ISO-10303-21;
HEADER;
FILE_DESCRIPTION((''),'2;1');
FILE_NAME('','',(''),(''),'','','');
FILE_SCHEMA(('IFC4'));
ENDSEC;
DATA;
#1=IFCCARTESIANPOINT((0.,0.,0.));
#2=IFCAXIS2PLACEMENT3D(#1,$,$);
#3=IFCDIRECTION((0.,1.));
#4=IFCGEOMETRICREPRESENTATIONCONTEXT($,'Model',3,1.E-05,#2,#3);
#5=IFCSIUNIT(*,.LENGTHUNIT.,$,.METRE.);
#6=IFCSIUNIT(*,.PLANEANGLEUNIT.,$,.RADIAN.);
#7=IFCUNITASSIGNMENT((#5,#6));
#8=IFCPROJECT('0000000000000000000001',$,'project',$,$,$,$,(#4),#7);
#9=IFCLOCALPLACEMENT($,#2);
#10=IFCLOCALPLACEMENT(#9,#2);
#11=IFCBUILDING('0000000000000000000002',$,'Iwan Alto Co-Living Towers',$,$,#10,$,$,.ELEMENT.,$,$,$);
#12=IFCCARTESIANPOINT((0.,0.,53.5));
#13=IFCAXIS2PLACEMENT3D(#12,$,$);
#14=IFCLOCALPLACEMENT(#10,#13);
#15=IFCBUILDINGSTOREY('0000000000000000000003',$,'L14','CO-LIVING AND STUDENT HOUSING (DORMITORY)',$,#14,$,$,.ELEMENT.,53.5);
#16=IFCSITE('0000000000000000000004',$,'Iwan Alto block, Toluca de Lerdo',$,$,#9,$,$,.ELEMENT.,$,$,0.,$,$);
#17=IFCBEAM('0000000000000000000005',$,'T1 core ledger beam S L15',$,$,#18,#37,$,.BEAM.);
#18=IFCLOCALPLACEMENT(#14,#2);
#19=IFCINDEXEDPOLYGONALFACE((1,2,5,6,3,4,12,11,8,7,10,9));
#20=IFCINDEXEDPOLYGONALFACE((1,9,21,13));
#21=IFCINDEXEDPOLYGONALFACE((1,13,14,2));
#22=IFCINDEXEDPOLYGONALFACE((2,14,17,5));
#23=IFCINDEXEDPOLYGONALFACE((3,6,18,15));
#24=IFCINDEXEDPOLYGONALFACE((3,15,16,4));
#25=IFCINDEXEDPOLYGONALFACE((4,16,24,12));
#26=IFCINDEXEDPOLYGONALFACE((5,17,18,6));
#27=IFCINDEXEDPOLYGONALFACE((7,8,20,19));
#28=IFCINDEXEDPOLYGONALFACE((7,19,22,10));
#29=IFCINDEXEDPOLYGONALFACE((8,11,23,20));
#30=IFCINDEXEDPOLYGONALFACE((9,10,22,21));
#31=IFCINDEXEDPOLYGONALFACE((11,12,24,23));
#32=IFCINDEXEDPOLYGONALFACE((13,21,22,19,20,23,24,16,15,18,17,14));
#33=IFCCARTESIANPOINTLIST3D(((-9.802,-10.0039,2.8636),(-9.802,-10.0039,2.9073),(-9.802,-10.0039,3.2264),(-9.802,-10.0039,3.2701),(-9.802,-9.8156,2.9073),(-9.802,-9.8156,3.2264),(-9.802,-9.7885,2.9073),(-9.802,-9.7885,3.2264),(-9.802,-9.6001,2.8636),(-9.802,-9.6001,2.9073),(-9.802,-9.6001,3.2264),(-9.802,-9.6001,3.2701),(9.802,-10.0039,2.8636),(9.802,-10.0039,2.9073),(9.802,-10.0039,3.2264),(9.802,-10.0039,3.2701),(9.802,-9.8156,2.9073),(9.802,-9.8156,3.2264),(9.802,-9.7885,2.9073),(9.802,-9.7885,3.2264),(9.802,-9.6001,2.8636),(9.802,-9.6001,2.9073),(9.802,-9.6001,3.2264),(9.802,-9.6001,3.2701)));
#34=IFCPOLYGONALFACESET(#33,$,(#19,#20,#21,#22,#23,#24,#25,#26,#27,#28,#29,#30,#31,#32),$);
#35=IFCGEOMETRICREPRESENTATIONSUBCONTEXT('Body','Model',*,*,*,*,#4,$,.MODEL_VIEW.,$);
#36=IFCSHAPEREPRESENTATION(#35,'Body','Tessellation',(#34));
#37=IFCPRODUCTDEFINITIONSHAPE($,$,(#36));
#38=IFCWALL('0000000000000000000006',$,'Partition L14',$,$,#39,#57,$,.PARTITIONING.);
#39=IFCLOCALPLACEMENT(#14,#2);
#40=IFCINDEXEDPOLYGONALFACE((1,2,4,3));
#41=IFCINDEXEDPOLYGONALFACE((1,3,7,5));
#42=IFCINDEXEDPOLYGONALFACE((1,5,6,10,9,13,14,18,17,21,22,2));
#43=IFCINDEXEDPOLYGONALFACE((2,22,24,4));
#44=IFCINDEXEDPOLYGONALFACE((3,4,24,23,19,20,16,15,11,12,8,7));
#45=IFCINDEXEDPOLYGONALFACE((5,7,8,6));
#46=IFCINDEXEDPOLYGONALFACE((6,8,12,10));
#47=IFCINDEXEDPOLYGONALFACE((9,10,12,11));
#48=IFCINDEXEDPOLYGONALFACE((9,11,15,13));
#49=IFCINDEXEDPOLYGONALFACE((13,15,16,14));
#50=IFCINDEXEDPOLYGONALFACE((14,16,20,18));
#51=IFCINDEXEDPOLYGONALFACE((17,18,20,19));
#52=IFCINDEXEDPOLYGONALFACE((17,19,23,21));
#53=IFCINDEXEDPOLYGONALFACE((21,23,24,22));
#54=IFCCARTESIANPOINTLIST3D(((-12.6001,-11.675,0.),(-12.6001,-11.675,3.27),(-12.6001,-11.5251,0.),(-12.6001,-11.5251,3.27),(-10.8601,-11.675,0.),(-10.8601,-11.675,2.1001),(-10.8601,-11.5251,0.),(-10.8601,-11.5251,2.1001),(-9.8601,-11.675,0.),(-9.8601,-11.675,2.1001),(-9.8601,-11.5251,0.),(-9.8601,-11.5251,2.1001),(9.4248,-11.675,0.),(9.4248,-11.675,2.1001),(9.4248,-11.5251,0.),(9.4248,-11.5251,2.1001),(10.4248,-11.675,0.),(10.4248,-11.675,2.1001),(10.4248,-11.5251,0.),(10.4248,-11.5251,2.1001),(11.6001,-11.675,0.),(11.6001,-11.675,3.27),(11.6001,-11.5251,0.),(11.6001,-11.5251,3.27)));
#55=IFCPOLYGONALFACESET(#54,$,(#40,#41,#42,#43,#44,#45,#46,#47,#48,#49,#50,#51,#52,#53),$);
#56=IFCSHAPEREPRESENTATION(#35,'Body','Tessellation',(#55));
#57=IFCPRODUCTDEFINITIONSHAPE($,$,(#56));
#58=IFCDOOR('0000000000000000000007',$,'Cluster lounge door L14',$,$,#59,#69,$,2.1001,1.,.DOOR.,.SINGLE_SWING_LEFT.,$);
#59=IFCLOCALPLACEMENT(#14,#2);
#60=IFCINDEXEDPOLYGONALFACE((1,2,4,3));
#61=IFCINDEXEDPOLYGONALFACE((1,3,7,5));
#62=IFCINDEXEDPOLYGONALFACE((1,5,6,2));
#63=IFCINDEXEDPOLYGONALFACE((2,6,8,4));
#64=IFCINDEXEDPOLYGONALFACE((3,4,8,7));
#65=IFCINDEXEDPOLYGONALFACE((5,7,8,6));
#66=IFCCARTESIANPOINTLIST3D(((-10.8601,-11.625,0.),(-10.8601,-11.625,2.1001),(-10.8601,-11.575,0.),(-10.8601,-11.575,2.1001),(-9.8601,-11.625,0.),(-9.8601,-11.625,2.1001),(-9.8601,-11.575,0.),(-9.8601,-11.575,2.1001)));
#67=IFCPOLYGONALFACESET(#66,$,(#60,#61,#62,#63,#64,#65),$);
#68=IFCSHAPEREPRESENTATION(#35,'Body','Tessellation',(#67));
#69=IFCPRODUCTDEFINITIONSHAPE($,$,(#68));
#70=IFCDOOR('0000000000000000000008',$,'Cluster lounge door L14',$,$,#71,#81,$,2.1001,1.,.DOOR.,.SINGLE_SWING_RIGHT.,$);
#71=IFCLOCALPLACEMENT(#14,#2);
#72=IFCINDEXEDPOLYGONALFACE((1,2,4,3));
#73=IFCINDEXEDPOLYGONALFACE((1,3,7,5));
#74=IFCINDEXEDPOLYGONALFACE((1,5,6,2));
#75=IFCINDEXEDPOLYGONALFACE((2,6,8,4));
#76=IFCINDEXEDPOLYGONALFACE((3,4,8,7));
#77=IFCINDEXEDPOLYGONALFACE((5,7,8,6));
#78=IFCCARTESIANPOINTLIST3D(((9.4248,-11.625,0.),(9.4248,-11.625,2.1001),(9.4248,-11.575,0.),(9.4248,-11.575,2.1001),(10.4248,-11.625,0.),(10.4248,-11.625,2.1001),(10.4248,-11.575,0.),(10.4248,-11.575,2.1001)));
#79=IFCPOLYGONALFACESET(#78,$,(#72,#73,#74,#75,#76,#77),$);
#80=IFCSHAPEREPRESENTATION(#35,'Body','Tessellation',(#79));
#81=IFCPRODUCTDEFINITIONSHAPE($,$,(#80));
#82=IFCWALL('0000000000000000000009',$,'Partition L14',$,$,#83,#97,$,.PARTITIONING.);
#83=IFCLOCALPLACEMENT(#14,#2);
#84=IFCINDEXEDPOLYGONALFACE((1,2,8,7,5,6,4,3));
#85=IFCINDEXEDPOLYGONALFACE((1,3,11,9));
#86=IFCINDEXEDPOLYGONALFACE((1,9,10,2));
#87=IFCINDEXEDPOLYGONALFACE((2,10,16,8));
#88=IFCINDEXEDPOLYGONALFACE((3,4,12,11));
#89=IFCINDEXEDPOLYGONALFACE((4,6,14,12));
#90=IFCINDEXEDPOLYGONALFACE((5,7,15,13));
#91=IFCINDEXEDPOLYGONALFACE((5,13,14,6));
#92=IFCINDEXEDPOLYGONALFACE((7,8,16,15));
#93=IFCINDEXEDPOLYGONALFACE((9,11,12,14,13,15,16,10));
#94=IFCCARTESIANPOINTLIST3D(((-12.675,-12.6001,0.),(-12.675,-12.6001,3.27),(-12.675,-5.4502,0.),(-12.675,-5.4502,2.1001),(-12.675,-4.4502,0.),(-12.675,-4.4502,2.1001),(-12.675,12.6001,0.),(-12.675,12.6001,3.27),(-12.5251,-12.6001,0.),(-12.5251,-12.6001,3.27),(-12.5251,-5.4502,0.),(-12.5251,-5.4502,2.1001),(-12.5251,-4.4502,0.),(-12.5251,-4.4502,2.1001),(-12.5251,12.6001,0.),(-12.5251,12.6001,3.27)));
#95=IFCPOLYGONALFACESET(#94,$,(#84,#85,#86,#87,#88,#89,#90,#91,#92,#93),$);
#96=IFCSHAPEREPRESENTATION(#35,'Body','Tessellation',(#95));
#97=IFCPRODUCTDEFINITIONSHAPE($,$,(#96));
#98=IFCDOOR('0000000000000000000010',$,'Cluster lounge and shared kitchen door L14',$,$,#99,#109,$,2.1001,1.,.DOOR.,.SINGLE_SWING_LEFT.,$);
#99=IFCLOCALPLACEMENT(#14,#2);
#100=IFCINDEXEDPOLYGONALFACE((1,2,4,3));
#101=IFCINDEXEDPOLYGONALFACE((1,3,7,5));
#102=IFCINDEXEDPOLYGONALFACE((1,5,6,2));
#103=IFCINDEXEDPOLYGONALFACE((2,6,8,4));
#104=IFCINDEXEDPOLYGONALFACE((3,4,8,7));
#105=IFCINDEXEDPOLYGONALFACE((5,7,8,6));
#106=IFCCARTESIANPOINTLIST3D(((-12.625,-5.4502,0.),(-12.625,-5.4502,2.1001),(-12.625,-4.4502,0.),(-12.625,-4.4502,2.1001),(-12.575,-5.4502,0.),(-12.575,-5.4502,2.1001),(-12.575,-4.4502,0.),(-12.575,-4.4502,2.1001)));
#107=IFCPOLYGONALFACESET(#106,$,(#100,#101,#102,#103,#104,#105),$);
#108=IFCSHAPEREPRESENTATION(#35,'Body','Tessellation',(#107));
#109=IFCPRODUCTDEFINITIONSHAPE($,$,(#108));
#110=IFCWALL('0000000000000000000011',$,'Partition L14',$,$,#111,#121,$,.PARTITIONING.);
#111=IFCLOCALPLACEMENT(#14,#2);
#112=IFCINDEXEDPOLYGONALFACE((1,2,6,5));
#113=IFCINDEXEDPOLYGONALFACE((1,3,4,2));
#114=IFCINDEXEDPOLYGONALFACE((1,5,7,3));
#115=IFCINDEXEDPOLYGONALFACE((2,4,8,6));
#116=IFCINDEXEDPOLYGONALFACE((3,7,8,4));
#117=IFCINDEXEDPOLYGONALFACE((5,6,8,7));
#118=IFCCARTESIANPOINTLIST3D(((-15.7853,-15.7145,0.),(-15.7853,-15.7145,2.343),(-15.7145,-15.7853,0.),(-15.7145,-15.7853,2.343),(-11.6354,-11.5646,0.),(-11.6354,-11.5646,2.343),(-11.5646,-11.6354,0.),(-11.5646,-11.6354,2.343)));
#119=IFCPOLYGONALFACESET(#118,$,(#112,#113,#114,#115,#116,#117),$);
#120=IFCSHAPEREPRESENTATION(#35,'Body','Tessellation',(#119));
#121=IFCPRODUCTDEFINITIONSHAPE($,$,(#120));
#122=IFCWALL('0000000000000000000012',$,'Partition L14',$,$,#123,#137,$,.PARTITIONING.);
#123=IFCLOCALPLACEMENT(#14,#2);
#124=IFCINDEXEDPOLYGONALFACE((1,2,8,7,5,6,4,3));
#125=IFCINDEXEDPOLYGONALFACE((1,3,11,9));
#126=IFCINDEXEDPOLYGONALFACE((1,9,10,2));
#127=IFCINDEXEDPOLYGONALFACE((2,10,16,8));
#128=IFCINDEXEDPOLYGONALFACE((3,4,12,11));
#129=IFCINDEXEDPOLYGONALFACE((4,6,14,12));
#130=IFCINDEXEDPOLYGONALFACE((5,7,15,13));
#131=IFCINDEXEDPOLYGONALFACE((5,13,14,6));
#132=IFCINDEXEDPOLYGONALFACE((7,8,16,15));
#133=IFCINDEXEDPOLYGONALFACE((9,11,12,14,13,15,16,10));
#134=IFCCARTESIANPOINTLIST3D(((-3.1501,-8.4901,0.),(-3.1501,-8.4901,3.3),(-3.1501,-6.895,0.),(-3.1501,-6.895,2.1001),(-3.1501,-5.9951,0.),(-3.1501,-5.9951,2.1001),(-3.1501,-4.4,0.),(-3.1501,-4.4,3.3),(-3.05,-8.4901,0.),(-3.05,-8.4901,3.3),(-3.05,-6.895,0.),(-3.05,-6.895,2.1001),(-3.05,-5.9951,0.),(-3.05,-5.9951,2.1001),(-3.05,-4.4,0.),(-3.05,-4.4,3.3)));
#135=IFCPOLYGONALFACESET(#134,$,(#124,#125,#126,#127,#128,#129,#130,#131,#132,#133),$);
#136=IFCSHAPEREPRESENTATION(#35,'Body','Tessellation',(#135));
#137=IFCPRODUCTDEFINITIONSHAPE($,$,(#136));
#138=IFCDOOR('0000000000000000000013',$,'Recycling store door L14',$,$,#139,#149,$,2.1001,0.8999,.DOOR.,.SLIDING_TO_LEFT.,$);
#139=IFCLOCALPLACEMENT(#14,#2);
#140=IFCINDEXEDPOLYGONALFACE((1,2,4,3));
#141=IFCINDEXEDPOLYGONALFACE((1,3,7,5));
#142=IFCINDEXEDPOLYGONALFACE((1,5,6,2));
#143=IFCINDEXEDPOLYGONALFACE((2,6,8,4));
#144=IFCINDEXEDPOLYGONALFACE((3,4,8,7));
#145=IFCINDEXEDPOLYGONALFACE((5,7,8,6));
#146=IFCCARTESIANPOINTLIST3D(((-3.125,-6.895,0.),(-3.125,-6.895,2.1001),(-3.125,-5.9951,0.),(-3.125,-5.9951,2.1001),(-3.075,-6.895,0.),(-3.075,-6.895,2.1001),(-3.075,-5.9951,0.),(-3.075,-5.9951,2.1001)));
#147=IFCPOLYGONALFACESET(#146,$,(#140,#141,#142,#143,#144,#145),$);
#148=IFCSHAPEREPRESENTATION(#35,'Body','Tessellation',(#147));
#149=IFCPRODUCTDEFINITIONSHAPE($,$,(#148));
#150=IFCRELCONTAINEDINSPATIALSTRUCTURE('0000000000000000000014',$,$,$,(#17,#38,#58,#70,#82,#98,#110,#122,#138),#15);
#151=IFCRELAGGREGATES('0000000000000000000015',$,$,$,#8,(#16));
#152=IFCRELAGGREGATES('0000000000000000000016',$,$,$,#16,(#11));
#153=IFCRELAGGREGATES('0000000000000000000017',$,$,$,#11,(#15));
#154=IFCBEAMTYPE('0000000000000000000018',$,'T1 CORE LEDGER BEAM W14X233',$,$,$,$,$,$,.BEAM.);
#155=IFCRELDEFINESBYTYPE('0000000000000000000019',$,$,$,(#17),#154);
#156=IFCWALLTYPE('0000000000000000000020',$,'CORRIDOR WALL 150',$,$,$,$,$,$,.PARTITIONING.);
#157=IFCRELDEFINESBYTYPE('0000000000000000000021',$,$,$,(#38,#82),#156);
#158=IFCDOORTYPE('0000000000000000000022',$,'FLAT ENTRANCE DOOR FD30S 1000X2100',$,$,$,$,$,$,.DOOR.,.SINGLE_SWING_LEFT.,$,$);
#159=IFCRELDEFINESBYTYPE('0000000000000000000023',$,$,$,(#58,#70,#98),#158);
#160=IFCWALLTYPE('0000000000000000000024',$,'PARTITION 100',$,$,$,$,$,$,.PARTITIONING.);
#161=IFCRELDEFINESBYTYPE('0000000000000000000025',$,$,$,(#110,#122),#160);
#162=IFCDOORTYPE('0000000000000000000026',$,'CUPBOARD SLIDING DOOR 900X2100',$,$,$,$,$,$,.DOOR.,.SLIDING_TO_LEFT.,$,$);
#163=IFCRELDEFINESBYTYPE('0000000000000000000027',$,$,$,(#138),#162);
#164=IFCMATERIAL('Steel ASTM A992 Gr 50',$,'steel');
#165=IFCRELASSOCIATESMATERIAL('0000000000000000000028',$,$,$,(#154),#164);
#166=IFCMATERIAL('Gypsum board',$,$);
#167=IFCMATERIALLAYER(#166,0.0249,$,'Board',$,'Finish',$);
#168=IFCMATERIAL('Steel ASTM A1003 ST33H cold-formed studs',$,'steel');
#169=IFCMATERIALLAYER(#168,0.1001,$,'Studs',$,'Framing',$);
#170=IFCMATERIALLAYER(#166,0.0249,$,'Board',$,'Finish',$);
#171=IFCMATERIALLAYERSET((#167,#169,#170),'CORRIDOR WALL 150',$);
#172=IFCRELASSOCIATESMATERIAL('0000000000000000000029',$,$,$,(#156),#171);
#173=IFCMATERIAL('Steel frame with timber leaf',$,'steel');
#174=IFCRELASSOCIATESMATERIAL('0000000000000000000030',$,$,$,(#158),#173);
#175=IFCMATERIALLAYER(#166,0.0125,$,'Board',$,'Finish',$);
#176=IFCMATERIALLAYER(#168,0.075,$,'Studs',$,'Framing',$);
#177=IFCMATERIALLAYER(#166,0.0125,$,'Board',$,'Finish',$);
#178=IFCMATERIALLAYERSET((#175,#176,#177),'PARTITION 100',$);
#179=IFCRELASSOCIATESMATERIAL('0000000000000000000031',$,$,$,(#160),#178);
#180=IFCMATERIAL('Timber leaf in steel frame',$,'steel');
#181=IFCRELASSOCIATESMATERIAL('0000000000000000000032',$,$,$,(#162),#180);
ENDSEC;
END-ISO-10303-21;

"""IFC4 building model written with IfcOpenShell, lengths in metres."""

from ifc_helpers import new_model, si_unit, direction, frame, frame_2d, origin, origin_2d, place, context, subcontext, project, spatial, rectangle, i_section, extrude, material, layer, layer_set, material_profile, profile_set, type_object, element, fill, save


model = new_model("IFC4")

# Units and contexts
model_context = context("Model", 3, precision=1e-05, world=origin(), true_north=direction((0.0, 1.0)))
body_context = subcontext(model_context, "Body", "Model", "MODEL_VIEW")
ifc_project = project(units=[si_unit("LENGTHUNIT", "METRE"), si_unit("PLANEANGLEUNIT", "RADIAN")], contexts=[model_context])

# Site, building, storey
site_placement = place(None, origin())
site = spatial("IfcSite", under=ifc_project, at=site_placement, Name="Iwan Alto block, Toluca de Lerdo", CompositionType="ELEMENT", RefElevation=0.0)
building_placement = place(site_placement, origin())
building = spatial("IfcBuilding", under=site, at=building_placement, Name="Iwan Alto Co-Living Towers", CompositionType="ELEMENT")
storey_placement = place(building_placement, frame((0.0, 0.0, 53.5)))
storey = spatial("IfcBuildingStorey", under=building, at=storey_placement, Name="L14", Description="CO-LIVING AND STUDENT HOUSING (DORMITORY)", CompositionType="ELEMENT", Elevation=53.5)

# Beam
ifc_material_1 = material(Name="Steel ASTM A992 Gr 50", Category="steel")
ifc_material_profile = material_profile(ifc_material_1, i_section(OverallWidth=0.4038, OverallDepth=0.4065, WebThickness=0.0271, FlangeThickness=0.0437, at=origin_2d()), Name="W14X233")
ifc_profile_set = profile_set([ifc_material_profile], Name="Steel ASTM A992 Gr 50")
beam_type = type_object("IfcBeamType", Name="T1 CORE LEDGER BEAM W14X233", PredefinedType="BEAM", material=ifc_profile_set)
beam_placement = place(storey_placement, frame((-9.802, -9.802, 3.0669), z_axis=(1.0, 0.0, 0.0), x_axis=(0.0, 1.0, 0.0)))
element("IfcBeam", 1, at=beam_placement, inside=storey, type_object=beam_type, Name="T1 core ledger beam S L15", PredefinedType="BEAM", context=body_context, shape_type="SweptSolid", body=[
    extrude(i_section(OverallWidth=0.4038, OverallDepth=0.4065, WebThickness=0.0271, FlangeThickness=0.0437, at=origin_2d()), origin(), (0.0, 0.0, 1.0), 19.604),
])

# Wall, openings, doors
ifc_material_2 = material(Name="Gypsum board")
ifc_layer_1 = layer(ifc_material_2, 0.0249, Name="Board", Category="Finish")
ifc_material_3 = material(Name="Steel ASTM A1003 ST33H cold-formed studs", Category="steel")
ifc_layer_2 = layer(ifc_material_3, 0.1001, Name="Studs", Category="Framing")
ifc_layer_3 = layer(ifc_material_2, 0.0249, Name="Board", Category="Finish")
ifc_layer_set_1 = layer_set([ifc_layer_1, ifc_layer_2, ifc_layer_3], Name="CORRIDOR WALL 150")
wall_type_1 = type_object("IfcWallType", Name="CORRIDOR WALL 150", PredefinedType="PARTITIONING", material=ifc_layer_set_1)
wall_1_placement = place(storey_placement, frame((-12.6001, -11.6001, 0.0), z_axis=(0.0, 0.0, 1.0), x_axis=(1.0, 0.0, 0.0)))
wall_1 = element("IfcWall", 2, at=wall_1_placement, inside=storey, type_object=wall_type_1, Name="Partition L14", PredefinedType="PARTITIONING", context=body_context, shape_type="SweptSolid", body=[
    extrude(rectangle(XDim=24.2002, YDim=0.1499, at=frame_2d((12.1001, 0.0))), origin(), (0.0, 0.0, 1.0), 3.27),
])
opening_1_placement = place(wall_1_placement, frame((1.74, 0.0, 0.0)))
opening_1 = element("IfcOpeningElement", 3, at=opening_1_placement, cuts=wall_1, PredefinedType="OPENING", context=body_context, shape_type="SweptSolid", body=[
    extrude(rectangle(XDim=1.0, YDim=2.1001, at=frame_2d((0.5, 1.05))), frame((0.0, 0.085, 0.0), z_axis=(0.0, -1.0, 0.0), x_axis=(1.0, 0.0, 0.0)), (0.0, 0.0, 1.0), 0.1699),
])
opening_2_placement = place(wall_1_placement, frame((22.0249, 0.0, 0.0)))
opening_2 = element("IfcOpeningElement", 4, at=opening_2_placement, cuts=wall_1, PredefinedType="OPENING", context=body_context, shape_type="SweptSolid", body=[
    extrude(rectangle(XDim=1.0, YDim=2.1001, at=frame_2d((0.5, 1.05))), frame((0.0, 0.085, 0.0), z_axis=(0.0, -1.0, 0.0), x_axis=(1.0, 0.0, 0.0)), (0.0, 0.0, 1.0), 0.1699),
])
ifc_material_4 = material(Name="Steel frame with timber leaf", Category="steel")
door_type_1 = type_object("IfcDoorType", Name="FLAT ENTRANCE DOOR FD30S 1000X2100", OperationType="SINGLE_SWING_LEFT", PredefinedType="DOOR", material=ifc_material_4)
door_1_placement = place(opening_1_placement, frame((1.0, 0.0, 0.0), z_axis=(0.0, 0.0, 1.0), x_axis=(-1.0, 0.0, 0.0)))
door_1 = element("IfcDoor", 5, at=door_1_placement, inside=storey, type_object=door_type_1, Name="Cluster lounge door L14", OperationType="SINGLE_SWING_LEFT", OverallHeight=2.1001, OverallWidth=1.0, PredefinedType="DOOR", context=body_context, shape_type="SweptSolid", body=[
    extrude(rectangle(XDim=1.0, YDim=2.1001, at=frame_2d((0.5, 1.05))), frame((0.0, 0.0249, 0.0), z_axis=(0.0, -1.0, 0.0), x_axis=(1.0, 0.0, 0.0)), (0.0, 0.0, 1.0), 0.05),
])
fill(opening_1, door_1)
door_2_placement = place(opening_2_placement, frame((1.0, 0.0, 0.0), z_axis=(0.0, 0.0, 1.0), x_axis=(-1.0, 0.0, 0.0)))
door_2 = element("IfcDoor", 6, at=door_2_placement, inside=storey, type_object=door_type_1, Name="Cluster lounge door L14", OperationType="SINGLE_SWING_RIGHT", OverallHeight=2.1001, OverallWidth=1.0, PredefinedType="DOOR", context=body_context, shape_type="SweptSolid", body=[
    extrude(rectangle(XDim=1.0, YDim=2.1001, at=frame_2d((0.5, 1.05))), frame((0.0, 0.0249, 0.0), z_axis=(0.0, -1.0, 0.0), x_axis=(1.0, 0.0, 0.0)), (0.0, 0.0, 1.0), 0.05),
])
fill(opening_2, door_2)

# Wall, opening, door
wall_2_placement = place(storey_placement, frame((-12.6001, -12.6001, 0.0), z_axis=(0.0, 0.0, 1.0), x_axis=(0.0, 1.0, 0.0)))
wall_2 = element("IfcWall", 7, at=wall_2_placement, inside=storey, type_object=wall_type_1, Name="Partition L14", PredefinedType="PARTITIONING", context=body_context, shape_type="SweptSolid", body=[
    extrude(rectangle(XDim=25.2002, YDim=0.1499, at=frame_2d((12.6001, 0.0))), origin(), (0.0, 0.0, 1.0), 3.27),
])
opening_3_placement = place(wall_2_placement, frame((7.1499, 0.0, 0.0)))
opening_3 = element("IfcOpeningElement", 8, at=opening_3_placement, cuts=wall_2, PredefinedType="OPENING", context=body_context, shape_type="SweptSolid", body=[
    extrude(rectangle(XDim=1.0, YDim=2.1001, at=frame_2d((0.5, 1.05))), frame((0.0, 0.085, 0.0), z_axis=(0.0, -1.0, 0.0), x_axis=(1.0, 0.0, 0.0)), (0.0, 0.0, 1.0), 0.1699),
])
door_3_placement = place(opening_3_placement, origin())
door_3 = element("IfcDoor", 9, at=door_3_placement, inside=storey, type_object=door_type_1, Name="Cluster lounge and shared kitchen door L14", OperationType="SINGLE_SWING_LEFT", OverallHeight=2.1001, OverallWidth=1.0, PredefinedType="DOOR", context=body_context, shape_type="SweptSolid", body=[
    extrude(rectangle(XDim=1.0, YDim=2.1001, at=frame_2d((0.5, 1.05))), frame((0.0, 0.0249, 0.0), z_axis=(0.0, -1.0, 0.0), x_axis=(1.0, 0.0, 0.0)), (0.0, 0.0, 1.0), 0.05),
])
fill(opening_3, door_3)

# Wall
ifc_layer_4 = layer(ifc_material_2, 0.0125, Name="Board", Category="Finish")
ifc_layer_5 = layer(ifc_material_3, 0.075, Name="Studs", Category="Framing")
ifc_layer_6 = layer(ifc_material_2, 0.0125, Name="Board", Category="Finish")
ifc_layer_set_2 = layer_set([ifc_layer_4, ifc_layer_5, ifc_layer_6], Name="PARTITION 100")
wall_type_2 = type_object("IfcWallType", Name="PARTITION 100", PredefinedType="PARTITIONING", material=ifc_layer_set_2)
wall_3_placement = place(storey_placement, frame((-15.75, -15.75, 0.0), z_axis=(0.0, 0.0, 1.0), x_axis=(0.707107, 0.707107, 0.0)))
element("IfcWall", 10, at=wall_3_placement, inside=storey, type_object=wall_type_2, Name="Partition L14", PredefinedType="PARTITIONING", context=body_context, shape_type="SweptSolid", body=[
    extrude(rectangle(XDim=5.8689, YDim=0.1001, at=frame_2d((2.9346, 0.0))), origin(), (0.0, 0.0, 1.0), 2.343),
])

# Wall, opening, door
wall_4_placement = place(storey_placement, frame((-3.1001, -8.49, 0.0), z_axis=(0.0, 0.0, 1.0), x_axis=(0.0, 1.0, 0.0)))
wall_4 = element("IfcWall", 11, at=wall_4_placement, inside=storey, type_object=wall_type_2, Name="Partition L14", PredefinedType="PARTITIONING", context=body_context, shape_type="SweptSolid", body=[
    extrude(rectangle(XDim=4.0901, YDim=0.1001, at=frame_2d((2.0449, 0.0))), origin(), (0.0, 0.0, 1.0), 3.3),
])
opening_4_placement = place(wall_4_placement, frame((1.595, 0.0, 0.0)))
opening_4 = element("IfcOpeningElement", 12, at=opening_4_placement, cuts=wall_4, PredefinedType="OPENING", context=body_context, shape_type="SweptSolid", body=[
    extrude(rectangle(XDim=0.8999, YDim=2.1001, at=frame_2d((0.45, 1.05))), frame((0.0, 0.0601, 0.0), z_axis=(0.0, -1.0, 0.0), x_axis=(1.0, 0.0, 0.0)), (0.0, 0.0, 1.0), 0.1201),
])
ifc_material_5 = material(Name="Timber leaf in steel frame", Category="steel")
door_type_2 = type_object("IfcDoorType", Name="CUPBOARD SLIDING DOOR 900X2100", OperationType="SLIDING_TO_LEFT", PredefinedType="DOOR", material=ifc_material_5)
door_4_placement = place(opening_4_placement, origin())
door_4 = element("IfcDoor", 13, at=door_4_placement, inside=storey, type_object=door_type_2, Name="Recycling store door L14", OperationType="SLIDING_TO_LEFT", OverallHeight=2.1001, OverallWidth=0.8999, PredefinedType="DOOR", context=body_context, shape_type="SweptSolid", body=[
    extrude(rectangle(XDim=0.8999, YDim=2.1001, at=frame_2d((0.45, 1.05))), frame((0.0, 0.0249, 0.0), z_axis=(0.0, -1.0, 0.0), x_axis=(1.0, 0.0, 0.0)), (0.0, 0.0, 1.0), 0.05),
])
fill(opening_4, door_4)

save(model, "model.ifc")
